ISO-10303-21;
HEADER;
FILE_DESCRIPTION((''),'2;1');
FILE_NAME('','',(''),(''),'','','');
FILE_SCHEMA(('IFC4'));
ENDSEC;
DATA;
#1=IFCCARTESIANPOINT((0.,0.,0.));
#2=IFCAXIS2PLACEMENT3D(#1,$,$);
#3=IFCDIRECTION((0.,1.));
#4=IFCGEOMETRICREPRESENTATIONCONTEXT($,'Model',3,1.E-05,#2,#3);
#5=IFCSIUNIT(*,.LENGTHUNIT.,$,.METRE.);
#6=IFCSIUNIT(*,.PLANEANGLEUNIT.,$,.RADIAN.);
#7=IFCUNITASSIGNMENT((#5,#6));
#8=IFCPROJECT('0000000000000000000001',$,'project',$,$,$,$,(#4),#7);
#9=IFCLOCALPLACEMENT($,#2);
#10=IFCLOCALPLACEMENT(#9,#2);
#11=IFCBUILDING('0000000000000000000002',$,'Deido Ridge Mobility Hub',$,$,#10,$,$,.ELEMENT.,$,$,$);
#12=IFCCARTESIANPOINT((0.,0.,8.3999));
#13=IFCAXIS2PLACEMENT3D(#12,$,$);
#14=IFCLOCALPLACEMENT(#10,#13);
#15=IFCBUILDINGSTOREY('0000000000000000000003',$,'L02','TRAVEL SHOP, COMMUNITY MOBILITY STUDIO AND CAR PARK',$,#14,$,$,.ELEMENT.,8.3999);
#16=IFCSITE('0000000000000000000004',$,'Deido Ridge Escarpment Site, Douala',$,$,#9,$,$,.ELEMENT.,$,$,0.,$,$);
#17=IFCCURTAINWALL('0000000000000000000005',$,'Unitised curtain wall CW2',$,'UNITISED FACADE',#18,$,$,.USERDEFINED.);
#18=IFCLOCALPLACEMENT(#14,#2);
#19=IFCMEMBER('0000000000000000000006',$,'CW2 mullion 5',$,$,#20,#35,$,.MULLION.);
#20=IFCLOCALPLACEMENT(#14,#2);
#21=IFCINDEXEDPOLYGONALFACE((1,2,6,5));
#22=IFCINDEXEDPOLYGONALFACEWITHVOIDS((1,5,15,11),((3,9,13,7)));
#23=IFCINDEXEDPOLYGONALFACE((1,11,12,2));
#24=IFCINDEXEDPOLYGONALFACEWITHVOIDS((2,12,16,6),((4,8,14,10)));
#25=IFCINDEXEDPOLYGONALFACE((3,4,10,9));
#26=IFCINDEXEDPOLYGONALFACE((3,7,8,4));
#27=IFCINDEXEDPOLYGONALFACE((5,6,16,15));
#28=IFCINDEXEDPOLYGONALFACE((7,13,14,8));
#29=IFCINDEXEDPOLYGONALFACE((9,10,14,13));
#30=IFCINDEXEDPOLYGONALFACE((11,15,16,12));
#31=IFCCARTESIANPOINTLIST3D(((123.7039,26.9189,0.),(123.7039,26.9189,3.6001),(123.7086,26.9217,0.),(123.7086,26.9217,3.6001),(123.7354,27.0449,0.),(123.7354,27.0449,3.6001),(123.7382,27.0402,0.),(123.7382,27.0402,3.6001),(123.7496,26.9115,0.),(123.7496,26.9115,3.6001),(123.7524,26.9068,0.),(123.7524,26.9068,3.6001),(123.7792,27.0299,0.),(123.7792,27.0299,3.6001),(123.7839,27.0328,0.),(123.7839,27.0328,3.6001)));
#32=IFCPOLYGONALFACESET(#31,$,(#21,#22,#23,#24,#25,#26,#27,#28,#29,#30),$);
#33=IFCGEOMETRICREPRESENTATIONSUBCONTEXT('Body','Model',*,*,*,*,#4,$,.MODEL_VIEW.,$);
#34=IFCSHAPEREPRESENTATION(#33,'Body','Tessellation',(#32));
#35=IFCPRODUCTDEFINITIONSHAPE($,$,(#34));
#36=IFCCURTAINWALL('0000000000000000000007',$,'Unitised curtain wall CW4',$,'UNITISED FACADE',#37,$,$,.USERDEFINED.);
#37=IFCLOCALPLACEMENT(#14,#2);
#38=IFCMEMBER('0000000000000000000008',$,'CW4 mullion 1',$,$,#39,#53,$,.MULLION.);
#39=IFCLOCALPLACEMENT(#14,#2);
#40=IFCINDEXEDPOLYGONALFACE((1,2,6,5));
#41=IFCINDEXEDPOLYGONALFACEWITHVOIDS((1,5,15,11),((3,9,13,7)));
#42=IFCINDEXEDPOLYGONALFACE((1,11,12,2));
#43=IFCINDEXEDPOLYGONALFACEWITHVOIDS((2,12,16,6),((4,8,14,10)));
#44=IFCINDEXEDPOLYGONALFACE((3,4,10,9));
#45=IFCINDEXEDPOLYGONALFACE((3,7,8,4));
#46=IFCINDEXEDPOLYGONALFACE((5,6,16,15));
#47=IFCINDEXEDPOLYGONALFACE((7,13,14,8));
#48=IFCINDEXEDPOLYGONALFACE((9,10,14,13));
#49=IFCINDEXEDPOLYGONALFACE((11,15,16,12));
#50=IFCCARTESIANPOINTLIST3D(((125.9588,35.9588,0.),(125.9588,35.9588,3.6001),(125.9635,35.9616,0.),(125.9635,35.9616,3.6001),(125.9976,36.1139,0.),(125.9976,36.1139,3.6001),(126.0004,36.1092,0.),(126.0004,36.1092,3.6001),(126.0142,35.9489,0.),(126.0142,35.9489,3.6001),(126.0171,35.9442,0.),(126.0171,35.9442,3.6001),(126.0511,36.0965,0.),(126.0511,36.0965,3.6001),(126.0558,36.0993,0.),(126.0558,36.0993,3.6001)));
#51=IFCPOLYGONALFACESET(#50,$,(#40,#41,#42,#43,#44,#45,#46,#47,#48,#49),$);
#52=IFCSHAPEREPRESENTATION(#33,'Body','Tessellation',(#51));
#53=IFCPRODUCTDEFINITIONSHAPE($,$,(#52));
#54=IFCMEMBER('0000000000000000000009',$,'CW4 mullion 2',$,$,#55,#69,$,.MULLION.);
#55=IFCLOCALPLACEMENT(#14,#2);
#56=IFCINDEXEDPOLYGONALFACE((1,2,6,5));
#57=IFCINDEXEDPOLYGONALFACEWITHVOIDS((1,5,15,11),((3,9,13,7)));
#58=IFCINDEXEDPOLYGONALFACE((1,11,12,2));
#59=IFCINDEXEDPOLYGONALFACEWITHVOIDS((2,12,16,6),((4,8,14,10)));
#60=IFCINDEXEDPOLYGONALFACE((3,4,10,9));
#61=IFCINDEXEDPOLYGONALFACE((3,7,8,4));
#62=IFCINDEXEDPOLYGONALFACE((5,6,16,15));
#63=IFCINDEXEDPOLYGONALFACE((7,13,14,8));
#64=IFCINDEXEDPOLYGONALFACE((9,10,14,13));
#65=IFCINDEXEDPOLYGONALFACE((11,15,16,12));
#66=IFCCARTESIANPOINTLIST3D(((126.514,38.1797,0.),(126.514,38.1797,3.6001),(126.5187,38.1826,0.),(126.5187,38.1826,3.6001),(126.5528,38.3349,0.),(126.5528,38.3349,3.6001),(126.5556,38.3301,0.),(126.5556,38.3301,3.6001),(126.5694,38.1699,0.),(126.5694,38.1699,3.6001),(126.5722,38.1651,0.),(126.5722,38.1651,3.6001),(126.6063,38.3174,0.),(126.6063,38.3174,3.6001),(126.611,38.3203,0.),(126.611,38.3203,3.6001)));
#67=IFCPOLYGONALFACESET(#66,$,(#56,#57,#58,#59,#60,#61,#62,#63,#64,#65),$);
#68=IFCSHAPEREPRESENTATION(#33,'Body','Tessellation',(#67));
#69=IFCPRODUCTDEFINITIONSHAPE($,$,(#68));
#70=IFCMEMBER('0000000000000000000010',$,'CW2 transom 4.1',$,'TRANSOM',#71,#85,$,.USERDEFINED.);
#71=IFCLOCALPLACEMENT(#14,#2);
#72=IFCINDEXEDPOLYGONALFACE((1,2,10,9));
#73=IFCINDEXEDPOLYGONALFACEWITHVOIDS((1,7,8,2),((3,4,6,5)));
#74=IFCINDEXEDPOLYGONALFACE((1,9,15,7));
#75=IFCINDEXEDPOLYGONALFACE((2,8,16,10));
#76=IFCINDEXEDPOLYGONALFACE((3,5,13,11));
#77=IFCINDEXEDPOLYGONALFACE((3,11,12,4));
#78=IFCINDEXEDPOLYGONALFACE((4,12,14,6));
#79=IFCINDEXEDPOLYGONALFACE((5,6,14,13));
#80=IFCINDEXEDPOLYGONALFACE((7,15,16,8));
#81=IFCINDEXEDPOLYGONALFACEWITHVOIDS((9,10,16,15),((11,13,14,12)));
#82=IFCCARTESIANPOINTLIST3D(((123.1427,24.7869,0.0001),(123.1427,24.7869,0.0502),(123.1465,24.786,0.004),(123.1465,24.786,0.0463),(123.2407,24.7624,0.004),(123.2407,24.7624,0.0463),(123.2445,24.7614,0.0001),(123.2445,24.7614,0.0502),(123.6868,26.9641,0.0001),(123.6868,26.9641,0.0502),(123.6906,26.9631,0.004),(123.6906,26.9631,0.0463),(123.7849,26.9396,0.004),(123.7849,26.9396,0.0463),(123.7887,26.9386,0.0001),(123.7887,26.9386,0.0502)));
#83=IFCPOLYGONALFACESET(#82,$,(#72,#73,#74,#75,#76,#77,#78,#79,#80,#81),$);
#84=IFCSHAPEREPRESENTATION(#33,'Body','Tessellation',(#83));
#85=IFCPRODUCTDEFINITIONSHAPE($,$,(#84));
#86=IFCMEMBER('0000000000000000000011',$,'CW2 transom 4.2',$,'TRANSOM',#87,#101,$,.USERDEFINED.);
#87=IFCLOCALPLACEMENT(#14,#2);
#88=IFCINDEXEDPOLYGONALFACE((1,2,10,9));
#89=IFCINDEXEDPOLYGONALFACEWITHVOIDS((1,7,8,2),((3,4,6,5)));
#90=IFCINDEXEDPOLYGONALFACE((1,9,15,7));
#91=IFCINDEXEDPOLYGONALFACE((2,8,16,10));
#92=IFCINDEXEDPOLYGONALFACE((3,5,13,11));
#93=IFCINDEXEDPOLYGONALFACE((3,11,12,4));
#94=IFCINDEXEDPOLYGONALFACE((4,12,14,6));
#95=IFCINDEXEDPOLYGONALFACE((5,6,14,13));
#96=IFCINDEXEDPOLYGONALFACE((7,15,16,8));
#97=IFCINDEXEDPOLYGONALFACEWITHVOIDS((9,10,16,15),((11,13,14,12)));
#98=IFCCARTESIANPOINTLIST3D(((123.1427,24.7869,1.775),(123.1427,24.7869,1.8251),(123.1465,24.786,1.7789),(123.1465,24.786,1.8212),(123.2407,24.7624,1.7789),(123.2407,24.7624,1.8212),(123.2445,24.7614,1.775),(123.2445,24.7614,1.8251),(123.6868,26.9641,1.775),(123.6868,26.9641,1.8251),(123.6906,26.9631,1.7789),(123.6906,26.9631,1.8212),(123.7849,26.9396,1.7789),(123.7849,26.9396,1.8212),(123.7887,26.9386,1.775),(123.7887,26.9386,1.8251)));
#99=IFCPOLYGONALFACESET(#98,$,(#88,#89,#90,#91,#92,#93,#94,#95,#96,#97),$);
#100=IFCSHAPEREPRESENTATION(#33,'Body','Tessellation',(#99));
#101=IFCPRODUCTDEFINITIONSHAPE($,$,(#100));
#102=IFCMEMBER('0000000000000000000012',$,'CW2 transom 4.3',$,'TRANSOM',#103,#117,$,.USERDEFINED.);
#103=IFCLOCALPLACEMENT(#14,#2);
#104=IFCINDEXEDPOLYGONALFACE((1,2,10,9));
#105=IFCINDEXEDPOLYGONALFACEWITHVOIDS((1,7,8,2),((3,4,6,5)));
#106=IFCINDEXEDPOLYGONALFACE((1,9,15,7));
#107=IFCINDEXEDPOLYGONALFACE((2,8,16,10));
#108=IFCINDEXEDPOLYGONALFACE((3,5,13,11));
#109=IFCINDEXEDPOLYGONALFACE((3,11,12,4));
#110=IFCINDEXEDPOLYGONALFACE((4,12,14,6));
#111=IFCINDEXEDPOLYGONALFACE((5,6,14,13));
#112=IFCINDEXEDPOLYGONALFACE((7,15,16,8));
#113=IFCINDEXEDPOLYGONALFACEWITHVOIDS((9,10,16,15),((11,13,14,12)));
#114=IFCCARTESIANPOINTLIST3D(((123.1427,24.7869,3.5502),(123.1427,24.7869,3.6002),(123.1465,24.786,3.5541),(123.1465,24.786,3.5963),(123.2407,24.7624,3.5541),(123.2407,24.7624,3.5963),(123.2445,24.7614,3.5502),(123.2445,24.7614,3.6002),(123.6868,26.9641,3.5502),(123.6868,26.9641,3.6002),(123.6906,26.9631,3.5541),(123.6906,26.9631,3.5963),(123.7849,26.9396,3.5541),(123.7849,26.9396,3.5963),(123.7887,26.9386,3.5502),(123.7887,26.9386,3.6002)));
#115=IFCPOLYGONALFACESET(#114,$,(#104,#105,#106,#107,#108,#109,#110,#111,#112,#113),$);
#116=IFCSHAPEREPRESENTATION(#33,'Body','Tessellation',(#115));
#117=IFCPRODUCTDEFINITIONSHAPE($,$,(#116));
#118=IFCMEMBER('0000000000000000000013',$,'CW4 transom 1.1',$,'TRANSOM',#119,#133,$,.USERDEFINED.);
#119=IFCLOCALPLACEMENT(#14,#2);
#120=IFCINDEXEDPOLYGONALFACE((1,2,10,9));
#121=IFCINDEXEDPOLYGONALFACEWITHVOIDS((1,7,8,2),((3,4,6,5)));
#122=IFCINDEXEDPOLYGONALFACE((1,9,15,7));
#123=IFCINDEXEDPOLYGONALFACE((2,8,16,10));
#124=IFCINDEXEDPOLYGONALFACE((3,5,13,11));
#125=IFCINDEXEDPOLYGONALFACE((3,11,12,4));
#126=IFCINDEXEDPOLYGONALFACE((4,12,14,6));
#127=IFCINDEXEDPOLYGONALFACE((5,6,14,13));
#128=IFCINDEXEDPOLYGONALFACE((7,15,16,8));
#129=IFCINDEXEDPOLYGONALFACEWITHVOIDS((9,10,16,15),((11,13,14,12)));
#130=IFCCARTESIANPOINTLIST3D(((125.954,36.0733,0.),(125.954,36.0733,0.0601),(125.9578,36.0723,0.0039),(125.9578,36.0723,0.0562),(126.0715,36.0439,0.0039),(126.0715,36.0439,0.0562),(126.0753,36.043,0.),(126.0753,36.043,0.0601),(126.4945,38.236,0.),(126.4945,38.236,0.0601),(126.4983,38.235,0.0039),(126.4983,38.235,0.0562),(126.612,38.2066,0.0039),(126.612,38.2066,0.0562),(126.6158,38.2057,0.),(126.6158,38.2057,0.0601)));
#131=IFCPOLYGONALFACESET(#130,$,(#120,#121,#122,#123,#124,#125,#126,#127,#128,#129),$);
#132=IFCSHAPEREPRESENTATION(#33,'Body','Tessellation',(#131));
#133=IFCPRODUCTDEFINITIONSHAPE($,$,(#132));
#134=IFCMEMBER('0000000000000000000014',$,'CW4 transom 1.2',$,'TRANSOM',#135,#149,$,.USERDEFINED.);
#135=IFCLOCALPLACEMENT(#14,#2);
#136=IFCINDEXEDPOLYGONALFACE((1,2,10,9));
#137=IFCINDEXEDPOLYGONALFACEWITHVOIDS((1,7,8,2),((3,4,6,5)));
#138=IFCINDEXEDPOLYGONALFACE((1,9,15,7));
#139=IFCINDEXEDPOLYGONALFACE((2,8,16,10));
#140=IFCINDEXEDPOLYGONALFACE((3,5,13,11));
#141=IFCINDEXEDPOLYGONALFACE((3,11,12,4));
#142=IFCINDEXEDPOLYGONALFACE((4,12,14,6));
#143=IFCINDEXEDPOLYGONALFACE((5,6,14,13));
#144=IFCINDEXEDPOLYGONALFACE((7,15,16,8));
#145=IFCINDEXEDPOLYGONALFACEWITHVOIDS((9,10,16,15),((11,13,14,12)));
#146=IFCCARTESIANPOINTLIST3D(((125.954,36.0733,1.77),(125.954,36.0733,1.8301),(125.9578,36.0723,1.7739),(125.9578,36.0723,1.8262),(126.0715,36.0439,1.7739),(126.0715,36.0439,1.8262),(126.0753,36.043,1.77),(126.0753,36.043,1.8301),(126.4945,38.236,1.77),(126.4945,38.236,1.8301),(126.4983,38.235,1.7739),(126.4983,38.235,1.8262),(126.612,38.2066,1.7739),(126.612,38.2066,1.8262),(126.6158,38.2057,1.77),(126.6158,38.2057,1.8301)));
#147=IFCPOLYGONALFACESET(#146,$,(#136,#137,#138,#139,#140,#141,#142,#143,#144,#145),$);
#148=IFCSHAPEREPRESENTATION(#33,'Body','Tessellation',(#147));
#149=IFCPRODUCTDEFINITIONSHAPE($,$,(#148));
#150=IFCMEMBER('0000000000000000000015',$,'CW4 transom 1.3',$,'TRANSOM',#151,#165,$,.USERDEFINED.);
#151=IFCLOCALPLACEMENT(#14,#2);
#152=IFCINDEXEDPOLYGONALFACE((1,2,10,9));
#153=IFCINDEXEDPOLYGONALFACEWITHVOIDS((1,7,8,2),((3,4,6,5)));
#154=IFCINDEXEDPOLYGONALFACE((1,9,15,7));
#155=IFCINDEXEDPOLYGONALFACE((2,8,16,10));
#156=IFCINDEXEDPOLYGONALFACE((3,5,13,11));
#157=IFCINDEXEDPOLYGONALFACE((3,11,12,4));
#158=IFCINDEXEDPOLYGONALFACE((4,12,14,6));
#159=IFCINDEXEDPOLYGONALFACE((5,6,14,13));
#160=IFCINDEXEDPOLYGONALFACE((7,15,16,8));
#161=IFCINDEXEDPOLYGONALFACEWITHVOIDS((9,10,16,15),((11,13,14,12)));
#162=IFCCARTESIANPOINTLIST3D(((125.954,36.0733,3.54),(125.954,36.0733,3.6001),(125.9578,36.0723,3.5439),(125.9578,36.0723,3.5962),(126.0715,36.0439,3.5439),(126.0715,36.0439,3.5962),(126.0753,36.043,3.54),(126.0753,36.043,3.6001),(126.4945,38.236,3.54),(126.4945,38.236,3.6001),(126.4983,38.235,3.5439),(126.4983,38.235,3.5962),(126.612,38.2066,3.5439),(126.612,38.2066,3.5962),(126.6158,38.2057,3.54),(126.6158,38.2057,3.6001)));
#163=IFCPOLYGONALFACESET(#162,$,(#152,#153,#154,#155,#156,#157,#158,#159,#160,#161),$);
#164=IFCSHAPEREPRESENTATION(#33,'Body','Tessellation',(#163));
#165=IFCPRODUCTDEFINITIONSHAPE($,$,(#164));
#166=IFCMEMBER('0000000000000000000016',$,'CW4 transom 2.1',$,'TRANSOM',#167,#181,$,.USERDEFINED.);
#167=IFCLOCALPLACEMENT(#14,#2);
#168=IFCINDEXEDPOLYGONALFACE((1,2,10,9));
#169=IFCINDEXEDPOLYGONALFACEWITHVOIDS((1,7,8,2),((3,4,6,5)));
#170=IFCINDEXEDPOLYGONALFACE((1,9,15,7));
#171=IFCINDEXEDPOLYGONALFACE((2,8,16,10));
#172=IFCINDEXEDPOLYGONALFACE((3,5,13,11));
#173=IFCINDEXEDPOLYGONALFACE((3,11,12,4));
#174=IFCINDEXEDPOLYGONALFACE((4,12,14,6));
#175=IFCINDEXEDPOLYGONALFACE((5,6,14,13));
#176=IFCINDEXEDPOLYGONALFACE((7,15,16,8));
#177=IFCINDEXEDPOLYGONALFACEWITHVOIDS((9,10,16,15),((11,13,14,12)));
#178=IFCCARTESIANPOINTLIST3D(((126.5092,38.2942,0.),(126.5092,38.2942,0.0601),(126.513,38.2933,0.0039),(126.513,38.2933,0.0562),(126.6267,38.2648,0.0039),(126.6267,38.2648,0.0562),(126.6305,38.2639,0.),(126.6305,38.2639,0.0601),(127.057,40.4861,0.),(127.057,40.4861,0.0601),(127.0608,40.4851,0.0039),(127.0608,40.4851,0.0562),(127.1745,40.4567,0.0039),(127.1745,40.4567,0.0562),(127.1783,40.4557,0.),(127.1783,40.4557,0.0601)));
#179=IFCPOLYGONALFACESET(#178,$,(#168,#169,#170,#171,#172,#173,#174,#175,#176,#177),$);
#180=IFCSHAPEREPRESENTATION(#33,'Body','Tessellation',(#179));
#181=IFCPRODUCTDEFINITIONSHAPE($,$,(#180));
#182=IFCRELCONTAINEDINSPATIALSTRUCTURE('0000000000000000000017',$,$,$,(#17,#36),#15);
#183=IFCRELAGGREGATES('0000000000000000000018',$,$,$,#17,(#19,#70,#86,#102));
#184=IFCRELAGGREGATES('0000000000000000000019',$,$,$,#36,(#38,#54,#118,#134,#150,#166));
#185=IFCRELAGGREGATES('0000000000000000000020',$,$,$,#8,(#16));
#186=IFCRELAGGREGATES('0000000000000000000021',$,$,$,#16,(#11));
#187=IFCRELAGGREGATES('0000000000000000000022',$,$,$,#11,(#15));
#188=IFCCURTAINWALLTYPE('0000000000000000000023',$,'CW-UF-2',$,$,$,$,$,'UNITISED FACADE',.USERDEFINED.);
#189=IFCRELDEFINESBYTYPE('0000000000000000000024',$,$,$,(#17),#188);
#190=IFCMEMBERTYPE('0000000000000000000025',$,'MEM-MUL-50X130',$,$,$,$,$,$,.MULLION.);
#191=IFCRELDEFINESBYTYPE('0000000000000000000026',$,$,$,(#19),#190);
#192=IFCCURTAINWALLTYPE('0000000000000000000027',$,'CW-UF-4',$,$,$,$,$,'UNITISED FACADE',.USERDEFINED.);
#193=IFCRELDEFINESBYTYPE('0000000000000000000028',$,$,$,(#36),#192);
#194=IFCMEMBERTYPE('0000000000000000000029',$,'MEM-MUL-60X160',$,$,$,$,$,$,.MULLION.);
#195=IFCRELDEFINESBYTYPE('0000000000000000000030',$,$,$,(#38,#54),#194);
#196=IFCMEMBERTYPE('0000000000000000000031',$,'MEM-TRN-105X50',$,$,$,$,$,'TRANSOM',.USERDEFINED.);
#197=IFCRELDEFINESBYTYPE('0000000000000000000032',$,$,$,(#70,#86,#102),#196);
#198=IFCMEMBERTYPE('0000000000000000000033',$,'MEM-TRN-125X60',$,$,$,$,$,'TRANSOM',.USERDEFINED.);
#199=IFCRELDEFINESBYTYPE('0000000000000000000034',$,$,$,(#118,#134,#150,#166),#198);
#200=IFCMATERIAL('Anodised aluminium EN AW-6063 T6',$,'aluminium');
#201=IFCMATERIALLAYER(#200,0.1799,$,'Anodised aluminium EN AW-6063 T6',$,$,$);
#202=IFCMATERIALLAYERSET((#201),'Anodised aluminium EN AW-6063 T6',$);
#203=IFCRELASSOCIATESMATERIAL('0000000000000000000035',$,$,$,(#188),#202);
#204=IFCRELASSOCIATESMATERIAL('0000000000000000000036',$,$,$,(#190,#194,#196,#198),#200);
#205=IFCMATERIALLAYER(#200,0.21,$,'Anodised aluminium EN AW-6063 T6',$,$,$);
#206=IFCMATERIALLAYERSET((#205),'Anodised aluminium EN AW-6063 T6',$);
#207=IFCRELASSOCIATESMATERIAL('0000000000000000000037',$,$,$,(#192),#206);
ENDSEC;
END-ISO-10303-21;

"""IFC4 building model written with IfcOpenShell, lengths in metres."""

from ifc_helpers import new_model, si_unit, direction, frame, origin, origin_2d, place, context, subcontext, project, spatial, hollow_rectangle, extrude, material, layer, layer_set, material_profile, profile_set, type_object, element, aggregate, save


model = new_model("IFC4")

# Units and contexts
model_context = context("Model", 3, precision=1e-05, world=origin(), true_north=direction((0.0, 1.0)))
body_context = subcontext(model_context, "Body", "Model", "MODEL_VIEW")
ifc_project = project(units=[si_unit("LENGTHUNIT", "METRE"), si_unit("PLANEANGLEUNIT", "RADIAN")], contexts=[model_context])

# Site, building, storey
site_placement = place(None, origin())
site = spatial("IfcSite", under=ifc_project, at=site_placement, Name="Deido Ridge Escarpment Site, Douala", CompositionType="ELEMENT", RefElevation=0.0)
building_placement = place(site_placement, origin())
building = spatial("IfcBuilding", under=site, at=building_placement, Name="Deido Ridge Mobility Hub", CompositionType="ELEMENT")
storey_placement = place(building_placement, frame((0.0, 0.0, 8.3999)))
storey = spatial("IfcBuildingStorey", under=building, at=storey_placement, Name="L02", Description="TRAVEL SHOP, COMMUNITY MOBILITY STUDIO AND CAR PARK", CompositionType="ELEMENT", Elevation=8.3999)

# Curtain wall, member
ifc_material_1 = material(Name="Anodised aluminium EN AW-6063 T6", Category="aluminium")
ifc_layer_1 = layer(ifc_material_1, 0.1799, Name="Anodised aluminium EN AW-6063 T6")
ifc_layer_set_1 = layer_set([ifc_layer_1], Name="Anodised aluminium EN AW-6063 T6")
curtain_wall_type_1 = type_object("IfcCurtainWallType", Name="CW-UF-2", ElementType="UNITISED FACADE", PredefinedType="USERDEFINED", material=ifc_layer_set_1)
curtain_wall_1_placement = place(storey_placement, origin())
curtain_wall_1 = element("IfcCurtainWall", 1, at=curtain_wall_1_placement, inside=storey, type_object=curtain_wall_type_1, Name="Unitised curtain wall CW2", ObjectType="UNITISED FACADE", PredefinedType="USERDEFINED")
ifc_material_profile_1 = material_profile(ifc_material_1, hollow_rectangle(XDim=0.05, YDim=0.1299, WallThickness=0.0039, at=origin_2d()), Name="RHS 50x130x4")
ifc_profile_set_1 = profile_set([ifc_material_profile_1], Name="Anodised aluminium EN AW-6063 T6")
member_type_1 = type_object("IfcMemberType", Name="MEM-MUL-50X130", PredefinedType="MULLION", material=ifc_profile_set_1)
member_1_placement = place(storey_placement, frame((123.7439, 26.9758, 0.0), z_axis=(0.0, 0.0, 1.0), x_axis=(-0.970143, 0.242536, 0.0)))
member_1 = element("IfcMember", 2, at=member_1_placement, type_object=member_type_1, Name="CW2 mullion 5", PredefinedType="MULLION", context=body_context, shape_type="SweptSolid", body=[
    extrude(hollow_rectangle(XDim=0.05, YDim=0.1299, WallThickness=0.0039, at=origin_2d()), origin(), (0.0, 0.0, 1.0), 3.6001),
])

# Curtain wall, members
ifc_layer_2 = layer(ifc_material_1, 0.21, Name="Anodised aluminium EN AW-6063 T6")
ifc_layer_set_2 = layer_set([ifc_layer_2], Name="Anodised aluminium EN AW-6063 T6")
curtain_wall_type_2 = type_object("IfcCurtainWallType", Name="CW-UF-4", ElementType="UNITISED FACADE", PredefinedType="USERDEFINED", material=ifc_layer_set_2)
curtain_wall_2_placement = place(storey_placement, origin())
curtain_wall_2 = element("IfcCurtainWall", 3, at=curtain_wall_2_placement, inside=storey, type_object=curtain_wall_type_2, Name="Unitised curtain wall CW4", ObjectType="UNITISED FACADE", PredefinedType="USERDEFINED")
ifc_material_profile_2 = material_profile(ifc_material_1, hollow_rectangle(XDim=0.0601, YDim=0.1599, WallThickness=0.0039, at=origin_2d()), Name="RHS 60x160x4")
ifc_profile_set_2 = profile_set([ifc_material_profile_2], Name="Anodised aluminium EN AW-6063 T6")
member_type_2 = type_object("IfcMemberType", Name="MEM-MUL-60X160", PredefinedType="MULLION", material=ifc_profile_set_2)
member_2_placement = place(storey_placement, frame((126.0073, 36.0291, 0.0), z_axis=(0.0, 0.0, 1.0), x_axis=(-0.970143, 0.242536, 0.0)))
member_2 = element("IfcMember", 4, at=member_2_placement, type_object=member_type_2, Name="CW4 mullion 1", PredefinedType="MULLION", context=body_context, shape_type="SweptSolid", body=[
    extrude(hollow_rectangle(XDim=0.0601, YDim=0.1599, WallThickness=0.0039, at=origin_2d()), origin(), (0.0, 0.0, 1.0), 3.6001),
])
member_3_placement = place(storey_placement, frame((126.5625, 38.25, 0.0), z_axis=(0.0, 0.0, 1.0), x_axis=(-0.970143, 0.242536, 0.0)))
member_3 = element("IfcMember", 5, at=member_3_placement, type_object=member_type_2, Name="CW4 mullion 2", PredefinedType="MULLION", context=body_context, shape_type="SweptSolid", body=[
    extrude(hollow_rectangle(XDim=0.0601, YDim=0.1599, WallThickness=0.0039, at=origin_2d()), origin(), (0.0, 0.0, 1.0), 3.6001),
])

# Members
ifc_material_profile_3 = material_profile(ifc_material_1, hollow_rectangle(XDim=0.105, YDim=0.05, WallThickness=0.0039, at=origin_2d()), Name="RHS 105x50x4")
ifc_profile_set_3 = profile_set([ifc_material_profile_3], Name="Anodised aluminium EN AW-6063 T6")
member_type_3 = type_object("IfcMemberType", Name="MEM-TRN-105X50", ElementType="TRANSOM", PredefinedType="USERDEFINED", material=ifc_profile_set_3)
member_4_placement = place(storey_placement, frame((123.1936, 24.7742, 0.0251), z_axis=(0.242484, 0.970155, 0.0), x_axis=(-0.970155, 0.242484, 0.0)))
member_4 = element("IfcMember", 6, at=member_4_placement, type_object=member_type_3, Name="CW2 transom 4.1", ObjectType="TRANSOM", PredefinedType="USERDEFINED", context=body_context, shape_type="SweptSolid", body=[
    extrude(hollow_rectangle(XDim=0.105, YDim=0.05, WallThickness=0.0039, at=origin_2d()), origin(), (0.0, 0.0, 1.0), 2.2441),
])
member_5_placement = place(storey_placement, frame((123.1936, 24.7742, 1.8), z_axis=(0.242484, 0.970155, 0.0), x_axis=(-0.970155, 0.242484, 0.0)))
member_5 = element("IfcMember", 7, at=member_5_placement, type_object=member_type_3, Name="CW2 transom 4.2", ObjectType="TRANSOM", PredefinedType="USERDEFINED", context=body_context, shape_type="SweptSolid", body=[
    extrude(hollow_rectangle(XDim=0.105, YDim=0.05, WallThickness=0.0039, at=origin_2d()), origin(), (0.0, 0.0, 1.0), 2.2441),
])
member_6_placement = place(storey_placement, frame((123.1936, 24.7742, 3.5752), z_axis=(0.242484, 0.970155, 0.0), x_axis=(-0.970155, 0.242484, 0.0)))
member_6 = element("IfcMember", 8, at=member_6_placement, type_object=member_type_3, Name="CW2 transom 4.3", ObjectType="TRANSOM", PredefinedType="USERDEFINED", context=body_context, shape_type="SweptSolid", body=[
    extrude(hollow_rectangle(XDim=0.105, YDim=0.05, WallThickness=0.0039, at=origin_2d()), origin(), (0.0, 0.0, 1.0), 2.2441),
])
ifc_material_profile_4 = material_profile(ifc_material_1, hollow_rectangle(XDim=0.125, YDim=0.0601, WallThickness=0.0039, at=origin_2d()), Name="RHS 125x60x4")
ifc_profile_set_4 = profile_set([ifc_material_profile_4], Name="Anodised aluminium EN AW-6063 T6")
member_type_4 = type_object("IfcMemberType", Name="MEM-TRN-125X60", ElementType="TRANSOM", PredefinedType="USERDEFINED", material=ifc_profile_set_4)
member_7_placement = place(storey_placement, frame((126.0146, 36.0581, 0.03), z_axis=(0.242458, 0.970162, 0.0), x_axis=(-0.970162, 0.242458, 0.0)))
member_7 = element("IfcMember", 9, at=member_7_placement, type_object=member_type_4, Name="CW4 transom 1.1", ObjectType="TRANSOM", PredefinedType="USERDEFINED", context=body_context, shape_type="SweptSolid", body=[
    extrude(hollow_rectangle(XDim=0.125, YDim=0.0601, WallThickness=0.0039, at=origin_2d()), origin(), (0.0, 0.0, 1.0), 2.2292),
])
member_8_placement = place(storey_placement, frame((126.0146, 36.0581, 1.8), z_axis=(0.242458, 0.970162, 0.0), x_axis=(-0.970162, 0.242458, 0.0)))
member_8 = element("IfcMember", 10, at=member_8_placement, type_object=member_type_4, Name="CW4 transom 1.2", ObjectType="TRANSOM", PredefinedType="USERDEFINED", context=body_context, shape_type="SweptSolid", body=[
    extrude(hollow_rectangle(XDim=0.125, YDim=0.0601, WallThickness=0.0039, at=origin_2d()), origin(), (0.0, 0.0, 1.0), 2.2292),
])
member_9_placement = place(storey_placement, frame((126.0146, 36.0581, 3.5701), z_axis=(0.242458, 0.970162, 0.0), x_axis=(-0.970162, 0.242458, 0.0)))
member_9 = element("IfcMember", 11, at=member_9_placement, type_object=member_type_4, Name="CW4 transom 1.3", ObjectType="TRANSOM", PredefinedType="USERDEFINED", context=body_context, shape_type="SweptSolid", body=[
    extrude(hollow_rectangle(XDim=0.125, YDim=0.0601, WallThickness=0.0039, at=origin_2d()), origin(), (0.0, 0.0, 1.0), 2.2292),
])
member_10_placement = place(storey_placement, frame((126.5698, 38.2791, 0.03), z_axis=(0.242485, 0.970155, 0.0), x_axis=(-0.970155, 0.242485, 0.0)))
member_10 = element("IfcMember", 12, at=member_10_placement, type_object=member_type_4, Name="CW4 transom 2.1", ObjectType="TRANSOM", PredefinedType="USERDEFINED", context=body_context, shape_type="SweptSolid", body=[
    extrude(hollow_rectangle(XDim=0.125, YDim=0.0601, WallThickness=0.0039, at=origin_2d()), origin(), (0.0, 0.0, 1.0), 2.2593),
])

aggregate(curtain_wall_1, [member_1, member_4, member_5, member_6])
aggregate(curtain_wall_2, [member_2, member_3, member_7, member_8, member_9, member_10])

save(model, "model.ifc")
